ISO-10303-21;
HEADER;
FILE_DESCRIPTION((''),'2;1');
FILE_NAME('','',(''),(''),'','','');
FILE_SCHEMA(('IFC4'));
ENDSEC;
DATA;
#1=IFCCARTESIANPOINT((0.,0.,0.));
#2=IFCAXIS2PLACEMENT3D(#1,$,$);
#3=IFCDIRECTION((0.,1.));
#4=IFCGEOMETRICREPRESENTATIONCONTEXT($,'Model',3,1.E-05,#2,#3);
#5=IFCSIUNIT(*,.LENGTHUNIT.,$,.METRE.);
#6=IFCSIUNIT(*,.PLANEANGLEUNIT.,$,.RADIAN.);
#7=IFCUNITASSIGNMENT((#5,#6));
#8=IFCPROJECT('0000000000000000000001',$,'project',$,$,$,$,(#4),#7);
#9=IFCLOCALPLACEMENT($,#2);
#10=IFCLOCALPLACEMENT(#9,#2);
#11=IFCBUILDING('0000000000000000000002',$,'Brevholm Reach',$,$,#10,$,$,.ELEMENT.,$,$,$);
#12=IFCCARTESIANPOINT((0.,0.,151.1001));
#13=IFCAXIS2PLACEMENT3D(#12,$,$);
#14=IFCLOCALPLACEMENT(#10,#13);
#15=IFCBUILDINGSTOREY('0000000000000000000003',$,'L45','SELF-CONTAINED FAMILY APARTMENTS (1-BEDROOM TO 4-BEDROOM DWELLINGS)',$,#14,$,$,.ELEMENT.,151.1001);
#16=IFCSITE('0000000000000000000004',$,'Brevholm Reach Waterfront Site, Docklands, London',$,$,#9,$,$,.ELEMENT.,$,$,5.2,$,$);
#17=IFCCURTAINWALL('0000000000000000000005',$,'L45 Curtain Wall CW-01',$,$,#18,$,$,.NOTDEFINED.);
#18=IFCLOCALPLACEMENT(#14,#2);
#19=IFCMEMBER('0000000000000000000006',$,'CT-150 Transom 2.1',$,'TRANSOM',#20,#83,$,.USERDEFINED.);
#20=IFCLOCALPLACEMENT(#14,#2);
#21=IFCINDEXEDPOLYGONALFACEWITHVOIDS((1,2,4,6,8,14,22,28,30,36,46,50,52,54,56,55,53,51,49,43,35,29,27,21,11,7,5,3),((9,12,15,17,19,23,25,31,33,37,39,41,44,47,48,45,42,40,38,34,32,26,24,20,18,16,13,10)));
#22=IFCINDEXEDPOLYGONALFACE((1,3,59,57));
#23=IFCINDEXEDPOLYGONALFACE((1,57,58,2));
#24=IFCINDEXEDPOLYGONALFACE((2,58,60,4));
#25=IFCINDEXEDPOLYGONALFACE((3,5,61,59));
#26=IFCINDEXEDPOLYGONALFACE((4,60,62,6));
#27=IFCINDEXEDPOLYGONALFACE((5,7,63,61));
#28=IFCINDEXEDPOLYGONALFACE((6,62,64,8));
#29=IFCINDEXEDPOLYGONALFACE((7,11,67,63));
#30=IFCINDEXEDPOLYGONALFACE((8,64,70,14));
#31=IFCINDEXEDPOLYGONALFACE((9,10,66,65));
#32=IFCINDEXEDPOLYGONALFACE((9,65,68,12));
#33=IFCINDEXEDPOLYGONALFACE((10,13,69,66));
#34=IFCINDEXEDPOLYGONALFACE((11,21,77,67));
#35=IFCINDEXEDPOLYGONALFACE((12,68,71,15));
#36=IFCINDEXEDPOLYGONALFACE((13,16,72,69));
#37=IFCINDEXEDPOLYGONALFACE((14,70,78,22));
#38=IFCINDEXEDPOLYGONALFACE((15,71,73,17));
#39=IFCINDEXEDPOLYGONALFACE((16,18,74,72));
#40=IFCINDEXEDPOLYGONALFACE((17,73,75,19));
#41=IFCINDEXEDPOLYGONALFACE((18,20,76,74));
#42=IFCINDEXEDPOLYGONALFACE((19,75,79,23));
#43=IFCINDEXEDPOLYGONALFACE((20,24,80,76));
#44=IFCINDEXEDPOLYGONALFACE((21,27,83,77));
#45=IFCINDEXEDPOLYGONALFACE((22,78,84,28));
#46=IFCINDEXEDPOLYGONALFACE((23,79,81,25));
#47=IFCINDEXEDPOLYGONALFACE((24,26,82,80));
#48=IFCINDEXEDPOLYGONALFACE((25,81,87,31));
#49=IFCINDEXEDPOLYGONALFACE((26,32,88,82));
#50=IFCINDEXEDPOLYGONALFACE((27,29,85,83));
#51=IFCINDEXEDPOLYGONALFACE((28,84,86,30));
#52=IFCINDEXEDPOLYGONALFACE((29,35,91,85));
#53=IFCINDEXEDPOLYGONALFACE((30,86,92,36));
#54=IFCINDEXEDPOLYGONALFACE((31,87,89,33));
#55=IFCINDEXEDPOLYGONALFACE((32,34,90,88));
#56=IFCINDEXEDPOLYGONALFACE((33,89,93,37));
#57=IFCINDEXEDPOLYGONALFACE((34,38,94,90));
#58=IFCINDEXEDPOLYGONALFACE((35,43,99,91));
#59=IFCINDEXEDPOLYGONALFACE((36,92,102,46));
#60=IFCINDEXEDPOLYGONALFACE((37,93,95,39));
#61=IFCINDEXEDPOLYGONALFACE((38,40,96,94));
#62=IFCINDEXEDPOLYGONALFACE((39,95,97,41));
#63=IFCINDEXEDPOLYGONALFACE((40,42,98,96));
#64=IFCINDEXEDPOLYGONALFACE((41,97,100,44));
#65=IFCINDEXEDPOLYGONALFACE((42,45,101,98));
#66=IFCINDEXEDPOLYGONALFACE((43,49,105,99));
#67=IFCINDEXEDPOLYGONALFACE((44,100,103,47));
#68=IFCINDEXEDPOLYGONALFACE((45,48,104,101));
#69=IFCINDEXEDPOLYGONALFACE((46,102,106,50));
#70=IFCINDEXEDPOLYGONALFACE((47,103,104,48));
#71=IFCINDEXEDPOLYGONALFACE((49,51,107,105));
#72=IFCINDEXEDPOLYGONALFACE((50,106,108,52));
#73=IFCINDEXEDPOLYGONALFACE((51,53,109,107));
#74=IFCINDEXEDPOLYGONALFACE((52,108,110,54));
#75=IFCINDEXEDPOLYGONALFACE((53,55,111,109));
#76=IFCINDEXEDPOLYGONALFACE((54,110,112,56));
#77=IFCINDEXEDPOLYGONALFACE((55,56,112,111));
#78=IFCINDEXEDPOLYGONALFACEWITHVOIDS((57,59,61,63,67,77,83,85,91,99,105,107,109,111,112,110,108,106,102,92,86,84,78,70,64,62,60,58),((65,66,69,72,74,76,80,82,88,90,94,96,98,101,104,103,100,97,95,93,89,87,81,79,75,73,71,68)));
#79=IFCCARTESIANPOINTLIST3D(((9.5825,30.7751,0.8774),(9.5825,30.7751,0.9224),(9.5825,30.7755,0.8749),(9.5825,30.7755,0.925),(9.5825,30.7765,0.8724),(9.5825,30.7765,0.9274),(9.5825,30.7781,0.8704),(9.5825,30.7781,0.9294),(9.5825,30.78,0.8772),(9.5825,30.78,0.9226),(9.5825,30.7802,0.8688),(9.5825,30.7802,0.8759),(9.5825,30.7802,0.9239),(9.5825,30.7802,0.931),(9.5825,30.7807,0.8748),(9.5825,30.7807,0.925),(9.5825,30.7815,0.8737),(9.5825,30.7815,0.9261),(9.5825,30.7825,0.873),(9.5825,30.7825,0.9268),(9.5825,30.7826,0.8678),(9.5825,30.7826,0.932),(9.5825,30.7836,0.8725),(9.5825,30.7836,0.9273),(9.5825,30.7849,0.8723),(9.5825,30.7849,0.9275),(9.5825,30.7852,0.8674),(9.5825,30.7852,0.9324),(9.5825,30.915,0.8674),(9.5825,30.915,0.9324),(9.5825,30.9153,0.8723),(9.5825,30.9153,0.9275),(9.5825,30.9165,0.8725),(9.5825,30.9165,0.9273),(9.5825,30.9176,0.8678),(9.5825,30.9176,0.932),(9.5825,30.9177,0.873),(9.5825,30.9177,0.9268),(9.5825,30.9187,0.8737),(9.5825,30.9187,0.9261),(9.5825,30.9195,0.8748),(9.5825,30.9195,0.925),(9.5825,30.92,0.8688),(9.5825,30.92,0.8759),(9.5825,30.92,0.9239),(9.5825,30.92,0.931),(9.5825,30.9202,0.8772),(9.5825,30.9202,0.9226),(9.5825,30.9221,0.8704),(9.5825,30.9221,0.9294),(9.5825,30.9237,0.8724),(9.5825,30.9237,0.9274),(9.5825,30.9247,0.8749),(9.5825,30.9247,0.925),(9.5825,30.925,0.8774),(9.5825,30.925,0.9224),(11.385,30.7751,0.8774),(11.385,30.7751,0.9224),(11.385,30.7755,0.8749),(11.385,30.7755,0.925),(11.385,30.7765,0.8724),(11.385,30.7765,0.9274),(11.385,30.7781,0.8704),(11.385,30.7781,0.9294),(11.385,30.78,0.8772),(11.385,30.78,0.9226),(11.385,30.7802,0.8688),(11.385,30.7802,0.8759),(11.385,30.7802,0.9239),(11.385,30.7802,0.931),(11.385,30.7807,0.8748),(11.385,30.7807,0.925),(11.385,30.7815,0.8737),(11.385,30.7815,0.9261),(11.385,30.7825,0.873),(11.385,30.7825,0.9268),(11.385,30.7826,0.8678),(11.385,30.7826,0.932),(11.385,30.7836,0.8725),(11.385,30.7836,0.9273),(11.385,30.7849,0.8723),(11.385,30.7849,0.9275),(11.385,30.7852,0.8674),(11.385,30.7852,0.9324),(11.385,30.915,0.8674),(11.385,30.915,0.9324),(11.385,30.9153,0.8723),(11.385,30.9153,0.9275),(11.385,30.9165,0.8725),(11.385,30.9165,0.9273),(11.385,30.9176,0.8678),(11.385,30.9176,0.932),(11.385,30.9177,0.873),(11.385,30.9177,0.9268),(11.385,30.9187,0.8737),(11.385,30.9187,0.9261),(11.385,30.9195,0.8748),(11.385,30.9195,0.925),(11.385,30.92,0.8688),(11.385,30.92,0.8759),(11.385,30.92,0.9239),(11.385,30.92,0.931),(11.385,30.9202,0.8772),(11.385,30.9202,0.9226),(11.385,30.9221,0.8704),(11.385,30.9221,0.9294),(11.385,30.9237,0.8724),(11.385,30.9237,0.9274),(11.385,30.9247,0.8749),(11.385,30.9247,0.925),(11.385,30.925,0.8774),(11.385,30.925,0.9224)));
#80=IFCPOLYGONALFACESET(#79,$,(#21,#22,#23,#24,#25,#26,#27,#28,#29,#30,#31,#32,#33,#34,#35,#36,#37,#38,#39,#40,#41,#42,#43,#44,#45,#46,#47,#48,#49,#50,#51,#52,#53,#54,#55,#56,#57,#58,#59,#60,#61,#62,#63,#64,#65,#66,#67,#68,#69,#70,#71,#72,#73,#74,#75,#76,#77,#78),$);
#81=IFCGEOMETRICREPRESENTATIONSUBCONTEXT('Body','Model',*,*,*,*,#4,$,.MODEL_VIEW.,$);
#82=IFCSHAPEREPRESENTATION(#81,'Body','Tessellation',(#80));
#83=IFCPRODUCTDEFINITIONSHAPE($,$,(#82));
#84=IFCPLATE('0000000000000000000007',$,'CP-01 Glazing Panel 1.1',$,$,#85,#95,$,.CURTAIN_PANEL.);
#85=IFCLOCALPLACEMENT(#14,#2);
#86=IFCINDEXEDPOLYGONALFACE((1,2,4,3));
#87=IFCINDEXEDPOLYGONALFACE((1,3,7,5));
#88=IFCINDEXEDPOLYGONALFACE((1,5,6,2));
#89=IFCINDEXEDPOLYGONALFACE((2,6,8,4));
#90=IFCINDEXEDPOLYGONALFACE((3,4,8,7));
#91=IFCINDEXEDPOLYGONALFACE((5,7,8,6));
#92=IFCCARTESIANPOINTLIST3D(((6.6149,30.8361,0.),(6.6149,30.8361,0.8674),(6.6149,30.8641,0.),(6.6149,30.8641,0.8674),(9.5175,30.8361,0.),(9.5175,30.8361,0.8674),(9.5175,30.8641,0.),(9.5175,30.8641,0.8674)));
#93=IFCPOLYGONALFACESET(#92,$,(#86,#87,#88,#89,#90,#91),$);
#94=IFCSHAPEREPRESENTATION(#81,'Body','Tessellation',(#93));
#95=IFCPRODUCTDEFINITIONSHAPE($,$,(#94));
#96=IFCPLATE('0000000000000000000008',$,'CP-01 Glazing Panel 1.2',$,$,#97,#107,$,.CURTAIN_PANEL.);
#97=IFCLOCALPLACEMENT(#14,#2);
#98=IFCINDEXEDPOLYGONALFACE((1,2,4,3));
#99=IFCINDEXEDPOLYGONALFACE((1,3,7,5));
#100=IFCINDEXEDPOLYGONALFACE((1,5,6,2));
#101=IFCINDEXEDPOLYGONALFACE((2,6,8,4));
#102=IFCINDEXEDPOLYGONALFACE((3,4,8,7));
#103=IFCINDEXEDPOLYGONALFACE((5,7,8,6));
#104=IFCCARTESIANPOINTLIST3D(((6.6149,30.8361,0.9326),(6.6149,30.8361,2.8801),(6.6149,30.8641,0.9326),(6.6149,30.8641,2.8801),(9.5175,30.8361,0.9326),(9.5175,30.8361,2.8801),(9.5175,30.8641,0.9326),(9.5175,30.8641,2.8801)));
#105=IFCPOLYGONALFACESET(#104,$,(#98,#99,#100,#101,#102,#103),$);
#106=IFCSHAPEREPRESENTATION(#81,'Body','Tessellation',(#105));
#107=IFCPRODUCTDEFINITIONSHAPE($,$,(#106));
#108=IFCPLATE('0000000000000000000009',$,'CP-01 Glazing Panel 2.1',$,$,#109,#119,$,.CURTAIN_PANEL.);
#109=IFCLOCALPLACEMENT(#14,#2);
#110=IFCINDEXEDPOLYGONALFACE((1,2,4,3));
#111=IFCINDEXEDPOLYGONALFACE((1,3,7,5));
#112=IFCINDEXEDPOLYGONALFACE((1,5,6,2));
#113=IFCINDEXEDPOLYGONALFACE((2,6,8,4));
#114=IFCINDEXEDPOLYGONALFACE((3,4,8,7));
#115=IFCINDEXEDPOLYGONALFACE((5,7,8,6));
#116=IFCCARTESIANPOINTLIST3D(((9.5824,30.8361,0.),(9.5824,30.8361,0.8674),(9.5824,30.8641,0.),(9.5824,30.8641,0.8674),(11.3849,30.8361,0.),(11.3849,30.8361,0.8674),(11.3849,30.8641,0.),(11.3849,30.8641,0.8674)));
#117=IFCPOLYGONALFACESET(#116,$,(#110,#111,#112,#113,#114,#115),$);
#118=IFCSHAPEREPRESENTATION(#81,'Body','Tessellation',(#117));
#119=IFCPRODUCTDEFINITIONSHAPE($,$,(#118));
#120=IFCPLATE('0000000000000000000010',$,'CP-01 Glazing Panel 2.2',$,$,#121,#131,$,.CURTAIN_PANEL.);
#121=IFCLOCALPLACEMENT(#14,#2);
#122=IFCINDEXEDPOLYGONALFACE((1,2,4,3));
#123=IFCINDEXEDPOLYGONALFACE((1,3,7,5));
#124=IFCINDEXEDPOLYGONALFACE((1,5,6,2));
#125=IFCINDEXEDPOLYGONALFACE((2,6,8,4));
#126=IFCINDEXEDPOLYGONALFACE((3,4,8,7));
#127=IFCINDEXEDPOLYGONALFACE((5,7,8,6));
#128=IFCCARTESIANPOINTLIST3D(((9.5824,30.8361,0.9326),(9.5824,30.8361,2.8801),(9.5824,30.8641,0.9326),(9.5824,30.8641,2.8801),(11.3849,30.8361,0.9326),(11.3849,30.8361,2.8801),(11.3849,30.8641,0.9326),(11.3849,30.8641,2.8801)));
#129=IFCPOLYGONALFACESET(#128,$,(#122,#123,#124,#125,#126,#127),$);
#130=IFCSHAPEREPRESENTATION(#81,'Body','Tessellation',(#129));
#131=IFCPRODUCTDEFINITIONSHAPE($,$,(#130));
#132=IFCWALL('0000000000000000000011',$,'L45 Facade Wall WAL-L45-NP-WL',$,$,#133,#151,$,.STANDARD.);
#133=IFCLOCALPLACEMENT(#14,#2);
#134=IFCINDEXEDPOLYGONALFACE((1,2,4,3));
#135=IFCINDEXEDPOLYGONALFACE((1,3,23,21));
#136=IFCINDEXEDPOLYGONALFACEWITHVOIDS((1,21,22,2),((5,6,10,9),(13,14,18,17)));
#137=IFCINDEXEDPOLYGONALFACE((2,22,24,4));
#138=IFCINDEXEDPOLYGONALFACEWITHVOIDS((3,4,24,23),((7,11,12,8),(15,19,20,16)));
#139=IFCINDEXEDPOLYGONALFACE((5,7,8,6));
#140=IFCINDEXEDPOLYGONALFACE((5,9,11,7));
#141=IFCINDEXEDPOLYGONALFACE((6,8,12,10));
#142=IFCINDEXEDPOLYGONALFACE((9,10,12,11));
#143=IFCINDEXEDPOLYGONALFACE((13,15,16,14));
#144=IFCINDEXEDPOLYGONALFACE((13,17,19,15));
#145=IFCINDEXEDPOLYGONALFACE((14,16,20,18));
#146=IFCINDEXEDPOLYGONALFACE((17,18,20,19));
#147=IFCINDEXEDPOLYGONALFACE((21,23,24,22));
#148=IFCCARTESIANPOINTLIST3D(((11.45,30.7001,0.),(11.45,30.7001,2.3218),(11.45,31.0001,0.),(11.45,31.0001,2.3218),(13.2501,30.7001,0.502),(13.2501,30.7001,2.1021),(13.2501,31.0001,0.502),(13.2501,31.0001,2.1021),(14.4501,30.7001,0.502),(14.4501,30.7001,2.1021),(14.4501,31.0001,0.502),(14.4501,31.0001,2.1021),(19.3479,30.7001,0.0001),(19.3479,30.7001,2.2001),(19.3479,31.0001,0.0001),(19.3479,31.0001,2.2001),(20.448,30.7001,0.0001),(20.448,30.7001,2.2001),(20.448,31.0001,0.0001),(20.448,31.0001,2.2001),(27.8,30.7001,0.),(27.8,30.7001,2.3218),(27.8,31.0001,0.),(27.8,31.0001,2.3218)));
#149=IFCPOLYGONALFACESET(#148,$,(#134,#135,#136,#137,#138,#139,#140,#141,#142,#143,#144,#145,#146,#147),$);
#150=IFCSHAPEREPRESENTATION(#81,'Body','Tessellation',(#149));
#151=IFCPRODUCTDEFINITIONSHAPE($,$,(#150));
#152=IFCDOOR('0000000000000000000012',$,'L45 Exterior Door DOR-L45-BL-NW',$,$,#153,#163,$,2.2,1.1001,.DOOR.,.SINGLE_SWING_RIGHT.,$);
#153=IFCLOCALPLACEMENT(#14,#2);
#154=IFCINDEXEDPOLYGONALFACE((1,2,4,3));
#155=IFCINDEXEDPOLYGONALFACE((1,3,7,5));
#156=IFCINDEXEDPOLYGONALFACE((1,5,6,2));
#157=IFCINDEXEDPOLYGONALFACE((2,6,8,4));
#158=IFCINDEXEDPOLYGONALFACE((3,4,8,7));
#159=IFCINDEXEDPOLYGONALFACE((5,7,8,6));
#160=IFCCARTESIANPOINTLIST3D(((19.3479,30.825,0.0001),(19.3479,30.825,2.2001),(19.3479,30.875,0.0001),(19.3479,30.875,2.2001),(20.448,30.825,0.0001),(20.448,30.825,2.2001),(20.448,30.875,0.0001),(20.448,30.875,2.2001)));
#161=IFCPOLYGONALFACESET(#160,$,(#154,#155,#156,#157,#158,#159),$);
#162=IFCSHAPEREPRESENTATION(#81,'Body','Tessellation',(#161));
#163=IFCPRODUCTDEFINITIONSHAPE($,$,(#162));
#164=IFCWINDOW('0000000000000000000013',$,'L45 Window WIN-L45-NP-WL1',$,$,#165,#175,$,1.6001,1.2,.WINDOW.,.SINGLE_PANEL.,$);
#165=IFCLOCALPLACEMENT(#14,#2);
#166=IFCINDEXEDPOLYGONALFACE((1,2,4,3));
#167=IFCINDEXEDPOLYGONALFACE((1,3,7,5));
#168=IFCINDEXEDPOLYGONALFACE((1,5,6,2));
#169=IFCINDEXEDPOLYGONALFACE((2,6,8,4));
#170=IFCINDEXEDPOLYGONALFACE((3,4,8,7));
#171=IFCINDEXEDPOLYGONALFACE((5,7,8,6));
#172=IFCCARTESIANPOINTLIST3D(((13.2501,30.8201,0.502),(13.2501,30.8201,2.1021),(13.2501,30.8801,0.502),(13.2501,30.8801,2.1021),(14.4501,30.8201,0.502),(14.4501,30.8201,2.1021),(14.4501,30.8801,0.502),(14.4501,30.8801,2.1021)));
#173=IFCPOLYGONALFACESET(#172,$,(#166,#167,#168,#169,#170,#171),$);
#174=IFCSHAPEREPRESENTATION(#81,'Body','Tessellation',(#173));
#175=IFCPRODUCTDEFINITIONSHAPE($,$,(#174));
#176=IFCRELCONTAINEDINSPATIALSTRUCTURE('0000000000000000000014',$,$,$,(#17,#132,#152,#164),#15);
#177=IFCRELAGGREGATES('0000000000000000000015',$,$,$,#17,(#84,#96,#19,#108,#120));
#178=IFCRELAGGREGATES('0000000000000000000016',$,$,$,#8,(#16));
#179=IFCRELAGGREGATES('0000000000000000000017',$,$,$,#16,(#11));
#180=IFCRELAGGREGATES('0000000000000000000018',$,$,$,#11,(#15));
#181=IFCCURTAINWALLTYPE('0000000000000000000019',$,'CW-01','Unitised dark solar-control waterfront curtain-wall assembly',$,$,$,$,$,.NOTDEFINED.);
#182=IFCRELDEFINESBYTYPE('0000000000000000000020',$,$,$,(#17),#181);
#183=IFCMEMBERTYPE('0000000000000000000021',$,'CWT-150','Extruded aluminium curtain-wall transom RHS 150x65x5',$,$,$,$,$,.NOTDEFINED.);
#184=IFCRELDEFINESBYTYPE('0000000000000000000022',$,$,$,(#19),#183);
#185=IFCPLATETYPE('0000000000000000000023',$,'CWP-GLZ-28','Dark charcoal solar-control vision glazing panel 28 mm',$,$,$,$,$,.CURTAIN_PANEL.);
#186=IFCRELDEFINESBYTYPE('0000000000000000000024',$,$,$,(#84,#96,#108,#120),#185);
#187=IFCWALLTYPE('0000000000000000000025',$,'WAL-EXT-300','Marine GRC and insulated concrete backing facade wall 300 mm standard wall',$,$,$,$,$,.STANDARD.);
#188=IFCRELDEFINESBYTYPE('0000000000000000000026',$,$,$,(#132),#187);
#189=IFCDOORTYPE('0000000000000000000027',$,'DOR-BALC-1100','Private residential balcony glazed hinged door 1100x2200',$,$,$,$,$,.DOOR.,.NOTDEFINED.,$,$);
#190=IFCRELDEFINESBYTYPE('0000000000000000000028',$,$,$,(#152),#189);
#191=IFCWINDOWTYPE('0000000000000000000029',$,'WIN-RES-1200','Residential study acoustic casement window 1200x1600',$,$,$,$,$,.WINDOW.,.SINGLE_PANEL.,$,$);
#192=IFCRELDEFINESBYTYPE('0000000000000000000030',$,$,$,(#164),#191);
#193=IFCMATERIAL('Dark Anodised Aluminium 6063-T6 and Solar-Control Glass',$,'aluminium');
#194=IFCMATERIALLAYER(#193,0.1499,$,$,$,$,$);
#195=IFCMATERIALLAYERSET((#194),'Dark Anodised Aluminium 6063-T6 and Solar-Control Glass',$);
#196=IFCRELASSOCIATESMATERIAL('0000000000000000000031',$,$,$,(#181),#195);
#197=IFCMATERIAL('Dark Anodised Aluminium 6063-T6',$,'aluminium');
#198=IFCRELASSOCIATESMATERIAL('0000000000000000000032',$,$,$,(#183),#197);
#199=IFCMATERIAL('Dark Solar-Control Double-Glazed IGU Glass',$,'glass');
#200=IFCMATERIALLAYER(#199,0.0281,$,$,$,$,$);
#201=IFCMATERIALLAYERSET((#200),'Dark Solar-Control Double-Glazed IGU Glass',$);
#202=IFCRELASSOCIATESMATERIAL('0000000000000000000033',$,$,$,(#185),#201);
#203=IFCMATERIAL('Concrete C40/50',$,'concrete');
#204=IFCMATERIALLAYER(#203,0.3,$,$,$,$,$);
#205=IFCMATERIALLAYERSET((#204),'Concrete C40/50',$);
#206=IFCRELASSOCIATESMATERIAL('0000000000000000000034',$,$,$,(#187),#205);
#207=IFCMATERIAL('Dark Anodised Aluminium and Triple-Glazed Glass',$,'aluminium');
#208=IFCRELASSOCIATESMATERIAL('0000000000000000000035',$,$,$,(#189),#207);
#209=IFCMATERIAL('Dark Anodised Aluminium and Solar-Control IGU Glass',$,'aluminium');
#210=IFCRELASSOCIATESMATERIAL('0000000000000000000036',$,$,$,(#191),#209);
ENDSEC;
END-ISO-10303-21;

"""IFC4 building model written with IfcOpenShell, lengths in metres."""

from ifc_helpers import new_model, si_unit, direction, frame, frame_2d, origin, origin_2d, place, context, subcontext, project, spatial, rectangle, hollow_rectangle, extrude, material, layer, layer_set, material_profile, profile_set, type_object, element, fill, aggregate, save


model = new_model("IFC4")

# Units and contexts
model_context = context("Model", 3, precision=1e-05, world=origin(), true_north=direction((0.0, 1.0)))
body_context = subcontext(model_context, "Body", "Model", "MODEL_VIEW")
ifc_project = project(units=[si_unit("LENGTHUNIT", "METRE"), si_unit("PLANEANGLEUNIT", "RADIAN")], contexts=[model_context])

# Site, building, storey
site_placement = place(None, origin())
site = spatial("IfcSite", under=ifc_project, at=site_placement, Name="Brevholm Reach Waterfront Site, Docklands, London", CompositionType="ELEMENT", RefElevation=5.2)
building_placement = place(site_placement, origin())
building = spatial("IfcBuilding", under=site, at=building_placement, Name="Brevholm Reach", CompositionType="ELEMENT")
storey_placement = place(building_placement, frame((0.0, 0.0, 151.1001)))
storey = spatial("IfcBuildingStorey", under=building, at=storey_placement, Name="L45", Description="SELF-CONTAINED FAMILY APARTMENTS (1-BEDROOM TO 4-BEDROOM DWELLINGS)", CompositionType="ELEMENT", Elevation=151.1001)

# Curtain wall, member, plates
ifc_material_1 = material(Name="Dark Anodised Aluminium 6063-T6 and Solar-Control Glass", Category="aluminium")
ifc_layer_1 = layer(ifc_material_1, 0.1499)
ifc_layer_set_1 = layer_set([ifc_layer_1], Name="Dark Anodised Aluminium 6063-T6 and Solar-Control Glass")
curtain_wall_type = type_object("IfcCurtainWallType", Name="CW-01", Description="Unitised dark solar-control waterfront curtain-wall assembly", PredefinedType="NOTDEFINED", material=ifc_layer_set_1)
curtain_wall_placement = place(storey_placement, origin())
curtain_wall = element("IfcCurtainWall", 1, at=curtain_wall_placement, inside=storey, type_object=curtain_wall_type, Name="L45 Curtain Wall CW-01", PredefinedType="NOTDEFINED")
ifc_material_2 = material(Name="Dark Anodised Aluminium 6063-T6", Category="aluminium")
ifc_material_profile_1 = material_profile(ifc_material_2, hollow_rectangle(XDim=0.0649, YDim=0.1499, WallThickness=0.0049, InnerFilletRadius=0.0049, OuterFilletRadius=0.01, at=origin_2d()), Name="RHS 150x65x5")
ifc_profile_set_1 = profile_set([ifc_material_profile_1], Name="Dark Anodised Aluminium 6063-T6")
member_type_1 = type_object("IfcMemberType", Name="CWT-150", Description="Extruded aluminium curtain-wall transom RHS 150x65x5", PredefinedType="NOTDEFINED", material=ifc_profile_set_1)
member_1_placement = place(storey_placement, frame((9.5825, 30.8501, 0.8999), z_axis=(1.0, 0.0, 0.0), x_axis=(0.0, 0.0, 1.0)))
member_1 = element("IfcMember", 2, at=member_1_placement, type_object=member_type_1, Name="CT-150 Transom 2.1", ObjectType="TRANSOM", PredefinedType="USERDEFINED", context=body_context, shape_type="SweptSolid", body=[
    extrude(hollow_rectangle(XDim=0.0649, YDim=0.1499, WallThickness=0.0049, InnerFilletRadius=0.0049, OuterFilletRadius=0.01, at=origin_2d()), origin(), (0.0, 0.0, 1.0), 1.8025),
])
ifc_material_3 = material(Name="Dark Solar-Control Double-Glazed IGU Glass", Category="glass")
ifc_layer_2 = layer(ifc_material_3, 0.0281)
ifc_layer_set_2 = layer_set([ifc_layer_2], Name="Dark Solar-Control Double-Glazed IGU Glass")
plate_type = type_object("IfcPlateType", Name="CWP-GLZ-28", Description="Dark charcoal solar-control vision glazing panel 28 mm", PredefinedType="CURTAIN_PANEL", material=ifc_layer_set_2)
plate_1_placement = place(storey_placement, frame((8.0662, 30.8501, 0.0), z_axis=(0.0, 0.0, 1.0), x_axis=(1.0, 0.0, 0.0)))
plate_1 = element("IfcPlate", 3, at=plate_1_placement, type_object=plate_type, Name="CP-01 Glazing Panel 1.1", PredefinedType="CURTAIN_PANEL", context=body_context, shape_type="SweptSolid", body=[
    extrude(rectangle(XDim=2.9026, YDim=0.0281, at=origin_2d()), origin(), (0.0, 0.0, 1.0), 0.8674),
])
plate_2_placement = place(storey_placement, frame((8.0662, 30.8501, 0.9326), z_axis=(0.0, 0.0, 1.0), x_axis=(1.0, 0.0, 0.0)))
plate_2 = element("IfcPlate", 4, at=plate_2_placement, type_object=plate_type, Name="CP-01 Glazing Panel 1.2", PredefinedType="CURTAIN_PANEL", context=body_context, shape_type="SweptSolid", body=[
    extrude(rectangle(XDim=2.9026, YDim=0.0281, at=origin_2d()), origin(), (0.0, 0.0, 1.0), 1.9475),
])
plate_3_placement = place(storey_placement, frame((10.4836, 30.8501, 0.0), z_axis=(0.0, 0.0, 1.0), x_axis=(1.0, 0.0, 0.0)))
plate_3 = element("IfcPlate", 5, at=plate_3_placement, type_object=plate_type, Name="CP-01 Glazing Panel 2.1", PredefinedType="CURTAIN_PANEL", context=body_context, shape_type="SweptSolid", body=[
    extrude(rectangle(XDim=1.8025, YDim=0.0281, at=origin_2d()), origin(), (0.0, 0.0, 1.0), 0.8674),
])
plate_4_placement = place(storey_placement, frame((10.4836, 30.8501, 0.9326), z_axis=(0.0, 0.0, 1.0), x_axis=(1.0, 0.0, 0.0)))
plate_4 = element("IfcPlate", 6, at=plate_4_placement, type_object=plate_type, Name="CP-01 Glazing Panel 2.2", PredefinedType="CURTAIN_PANEL", context=body_context, shape_type="SweptSolid", body=[
    extrude(rectangle(XDim=1.8025, YDim=0.0281, at=origin_2d()), origin(), (0.0, 0.0, 1.0), 1.9475),
])
aggregate(curtain_wall, [plate_1, plate_2, member_1, plate_3, plate_4])

# Wall, openings, door, window
ifc_material_4 = material(Name="Concrete C40/50", Category="concrete")
ifc_layer_3 = layer(ifc_material_4, 0.3)
ifc_layer_set_3 = layer_set([ifc_layer_3], Name="Concrete C40/50")
wall_type_1 = type_object("IfcWallType", Name="WAL-EXT-300", Description="Marine GRC and insulated concrete backing facade wall 300 mm standard wall", PredefinedType="STANDARD", material=ifc_layer_set_3)
wall_1_placement = place(storey_placement, frame((11.45, 30.8501, 0.0), z_axis=(0.0, 0.0, 1.0), x_axis=(1.0, 0.0, 0.0)))
wall_1 = element("IfcWall", 7, at=wall_1_placement, inside=storey, type_object=wall_type_1, Name="L45 Facade Wall WAL-L45-NP-WL", PredefinedType="STANDARD", context=body_context, shape_type="SweptSolid", body=[
    extrude(rectangle(XDim=16.3501, YDim=0.3, at=frame_2d((8.175, 0.0))), origin(), (0.0, 0.0, 1.0), 2.3218),
])
opening_1_placement = place(wall_1_placement, frame((7.8979, 0.0, 0.0)))
opening_1 = element("IfcOpeningElement", 8, at=opening_1_placement, cuts=wall_1, PredefinedType="OPENING", context=body_context, shape_type="SweptSolid", body=[
    extrude(rectangle(XDim=1.1001, YDim=2.2, at=frame_2d((0.55, 1.1001))), frame((0.0, 0.1599, 0.0), z_axis=(0.0, -1.0, 0.0), x_axis=(1.0, 0.0, 0.0)), (0.0, 0.0, 1.0), 0.3201),
])
opening_2_placement = place(wall_1_placement, frame((1.8, 0.0, 0.502)))
opening_2 = element("IfcOpeningElement", 9, at=opening_2_placement, cuts=wall_1, PredefinedType="OPENING", context=body_context, shape_type="SweptSolid", body=[
    extrude(rectangle(XDim=1.2, YDim=1.6001, at=frame_2d((0.6001, 0.8))), frame((0.0, 0.1599, 0.0), z_axis=(0.0, -1.0, 0.0), x_axis=(1.0, 0.0, 0.0)), (0.0, 0.0, 1.0), 0.3201),
])
ifc_material_5 = material(Name="Dark Anodised Aluminium and Triple-Glazed Glass", Category="aluminium")
door_type_1 = type_object("IfcDoorType", Name="DOR-BALC-1100", Description="Private residential balcony glazed hinged door 1100x2200", OperationType="NOTDEFINED", PredefinedType="DOOR", material=ifc_material_5)
door_1_placement = place(opening_1_placement, origin())
door_1 = element("IfcDoor", 10, at=door_1_placement, inside=storey, type_object=door_type_1, Name="L45 Exterior Door DOR-L45-BL-NW", OperationType="SINGLE_SWING_RIGHT", OverallHeight=2.2, OverallWidth=1.1001, PredefinedType="DOOR", context=body_context, shape_type="SweptSolid", body=[
    extrude(rectangle(XDim=1.1001, YDim=2.2, at=frame_2d((0.55, 1.1001))), frame((0.0, 0.0249, 0.0), z_axis=(0.0, -1.0, 0.0), x_axis=(1.0, 0.0, 0.0)), (0.0, 0.0, 1.0), 0.05),
])
fill(opening_1, door_1)
ifc_material_6 = material(Name="Dark Anodised Aluminium and Solar-Control IGU Glass", Category="aluminium")
window_type = type_object("IfcWindowType", Name="WIN-RES-1200", Description="Residential study acoustic casement window 1200x1600", PartitioningType="SINGLE_PANEL", PredefinedType="WINDOW", material=ifc_material_6)
window_placement = place(opening_2_placement, origin())
window = element("IfcWindow", 11, at=window_placement, inside=storey, type_object=window_type, Name="L45 Window WIN-L45-NP-WL1", OverallHeight=1.6001, OverallWidth=1.2, PartitioningType="SINGLE_PANEL", PredefinedType="WINDOW", context=body_context, shape_type="SweptSolid", body=[
    extrude(rectangle(XDim=1.2, YDim=1.6001, at=frame_2d((0.6001, 0.8))), frame((0.0, 0.03, 0.0), z_axis=(0.0, -1.0, 0.0), x_axis=(1.0, 0.0, 0.0)), (0.0, 0.0, 1.0), 0.0601),
])
fill(opening_2, window)

save(model, "model.ifc")
